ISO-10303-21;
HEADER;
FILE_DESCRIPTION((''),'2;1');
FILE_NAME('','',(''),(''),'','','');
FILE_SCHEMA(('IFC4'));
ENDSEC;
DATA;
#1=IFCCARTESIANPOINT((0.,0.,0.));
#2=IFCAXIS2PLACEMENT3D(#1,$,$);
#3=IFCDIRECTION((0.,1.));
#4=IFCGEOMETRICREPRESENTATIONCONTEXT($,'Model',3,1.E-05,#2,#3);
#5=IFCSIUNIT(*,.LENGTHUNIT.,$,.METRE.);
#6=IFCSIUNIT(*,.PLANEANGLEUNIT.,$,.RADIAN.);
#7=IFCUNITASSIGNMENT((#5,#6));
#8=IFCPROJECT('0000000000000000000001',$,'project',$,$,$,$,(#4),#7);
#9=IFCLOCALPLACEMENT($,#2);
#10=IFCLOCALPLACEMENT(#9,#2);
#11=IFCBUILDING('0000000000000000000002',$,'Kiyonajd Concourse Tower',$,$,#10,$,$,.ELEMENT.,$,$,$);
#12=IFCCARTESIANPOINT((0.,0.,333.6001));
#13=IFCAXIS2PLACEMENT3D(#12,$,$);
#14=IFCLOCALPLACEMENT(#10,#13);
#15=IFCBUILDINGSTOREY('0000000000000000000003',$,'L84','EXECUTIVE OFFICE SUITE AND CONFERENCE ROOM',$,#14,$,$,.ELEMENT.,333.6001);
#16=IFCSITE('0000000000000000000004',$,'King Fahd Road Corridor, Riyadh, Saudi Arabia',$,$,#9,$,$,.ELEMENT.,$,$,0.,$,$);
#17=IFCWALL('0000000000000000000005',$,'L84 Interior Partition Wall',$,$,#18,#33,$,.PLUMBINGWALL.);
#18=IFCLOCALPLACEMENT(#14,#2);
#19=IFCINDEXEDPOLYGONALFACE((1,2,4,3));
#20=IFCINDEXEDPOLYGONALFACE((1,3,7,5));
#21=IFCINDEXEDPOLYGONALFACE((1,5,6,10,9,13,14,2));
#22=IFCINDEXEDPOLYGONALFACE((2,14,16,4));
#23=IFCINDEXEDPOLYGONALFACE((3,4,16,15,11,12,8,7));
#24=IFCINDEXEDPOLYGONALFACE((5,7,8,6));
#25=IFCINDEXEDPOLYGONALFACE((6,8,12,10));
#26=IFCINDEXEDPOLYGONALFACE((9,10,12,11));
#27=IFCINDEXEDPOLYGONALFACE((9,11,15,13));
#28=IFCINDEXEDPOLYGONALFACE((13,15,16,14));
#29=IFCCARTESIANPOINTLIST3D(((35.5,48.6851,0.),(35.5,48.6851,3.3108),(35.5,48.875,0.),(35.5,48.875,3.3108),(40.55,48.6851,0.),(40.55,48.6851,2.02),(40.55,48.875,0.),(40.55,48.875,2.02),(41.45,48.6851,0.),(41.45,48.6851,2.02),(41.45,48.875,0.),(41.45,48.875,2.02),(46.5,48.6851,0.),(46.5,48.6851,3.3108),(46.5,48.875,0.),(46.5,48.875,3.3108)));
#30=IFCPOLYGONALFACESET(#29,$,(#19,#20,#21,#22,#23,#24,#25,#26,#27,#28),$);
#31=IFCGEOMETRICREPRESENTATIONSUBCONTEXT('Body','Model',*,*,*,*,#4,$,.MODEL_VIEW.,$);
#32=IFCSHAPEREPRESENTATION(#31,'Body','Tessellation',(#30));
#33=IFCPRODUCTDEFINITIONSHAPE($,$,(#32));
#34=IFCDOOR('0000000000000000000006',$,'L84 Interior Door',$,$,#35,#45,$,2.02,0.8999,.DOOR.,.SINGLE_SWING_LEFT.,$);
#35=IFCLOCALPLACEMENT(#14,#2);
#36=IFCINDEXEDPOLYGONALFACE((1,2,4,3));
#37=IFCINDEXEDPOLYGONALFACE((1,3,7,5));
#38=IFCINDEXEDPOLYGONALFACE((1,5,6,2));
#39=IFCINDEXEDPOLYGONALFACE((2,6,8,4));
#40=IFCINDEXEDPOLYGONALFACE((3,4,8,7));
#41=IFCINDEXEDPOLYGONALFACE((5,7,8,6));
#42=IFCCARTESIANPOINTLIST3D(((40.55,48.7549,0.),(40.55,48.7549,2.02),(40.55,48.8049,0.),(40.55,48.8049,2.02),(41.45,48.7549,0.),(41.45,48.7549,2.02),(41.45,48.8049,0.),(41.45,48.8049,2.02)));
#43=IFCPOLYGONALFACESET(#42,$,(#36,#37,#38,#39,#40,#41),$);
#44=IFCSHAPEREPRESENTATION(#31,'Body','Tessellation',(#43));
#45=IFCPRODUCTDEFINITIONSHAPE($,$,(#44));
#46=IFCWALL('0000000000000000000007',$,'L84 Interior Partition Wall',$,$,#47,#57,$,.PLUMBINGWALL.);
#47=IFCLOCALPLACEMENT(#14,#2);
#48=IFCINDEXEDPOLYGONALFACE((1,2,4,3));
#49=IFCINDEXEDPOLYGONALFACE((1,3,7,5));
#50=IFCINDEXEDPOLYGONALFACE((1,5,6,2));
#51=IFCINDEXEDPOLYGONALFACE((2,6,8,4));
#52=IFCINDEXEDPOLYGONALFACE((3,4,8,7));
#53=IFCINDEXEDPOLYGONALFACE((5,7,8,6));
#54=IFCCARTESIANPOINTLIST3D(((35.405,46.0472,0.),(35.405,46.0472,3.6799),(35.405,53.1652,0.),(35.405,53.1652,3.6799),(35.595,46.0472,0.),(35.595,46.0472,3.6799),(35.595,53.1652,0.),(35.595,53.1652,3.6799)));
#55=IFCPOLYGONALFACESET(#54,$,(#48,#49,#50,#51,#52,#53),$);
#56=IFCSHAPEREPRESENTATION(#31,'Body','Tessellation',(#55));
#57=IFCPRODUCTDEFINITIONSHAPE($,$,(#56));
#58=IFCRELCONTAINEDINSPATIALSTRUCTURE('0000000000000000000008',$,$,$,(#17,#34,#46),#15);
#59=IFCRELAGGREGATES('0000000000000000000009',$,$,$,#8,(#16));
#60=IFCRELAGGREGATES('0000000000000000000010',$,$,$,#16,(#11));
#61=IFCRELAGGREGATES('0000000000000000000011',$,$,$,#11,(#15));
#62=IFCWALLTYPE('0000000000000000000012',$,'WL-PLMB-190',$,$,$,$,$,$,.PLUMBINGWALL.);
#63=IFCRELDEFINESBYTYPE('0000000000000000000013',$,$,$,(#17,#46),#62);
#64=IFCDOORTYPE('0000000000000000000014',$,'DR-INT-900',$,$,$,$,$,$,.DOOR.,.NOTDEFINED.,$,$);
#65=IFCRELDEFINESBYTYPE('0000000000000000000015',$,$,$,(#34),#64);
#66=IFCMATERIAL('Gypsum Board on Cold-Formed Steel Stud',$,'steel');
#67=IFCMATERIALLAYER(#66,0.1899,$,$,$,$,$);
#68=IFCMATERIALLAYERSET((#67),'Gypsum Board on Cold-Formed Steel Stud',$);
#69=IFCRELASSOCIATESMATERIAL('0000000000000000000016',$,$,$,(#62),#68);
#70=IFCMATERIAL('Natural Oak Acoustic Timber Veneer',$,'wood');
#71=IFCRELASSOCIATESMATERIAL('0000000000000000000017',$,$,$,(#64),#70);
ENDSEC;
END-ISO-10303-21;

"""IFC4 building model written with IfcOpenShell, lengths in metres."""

from ifc_helpers import new_model, si_unit, direction, frame, frame_2d, origin, place, context, subcontext, project, spatial, rectangle, extrude, material, layer, layer_set, type_object, element, fill, save


model = new_model("IFC4")

# Units and contexts
model_context = context("Model", 3, precision=1e-05, world=origin(), true_north=direction((0.0, 1.0)))
body_context = subcontext(model_context, "Body", "Model", "MODEL_VIEW")
ifc_project = project(units=[si_unit("LENGTHUNIT", "METRE"), si_unit("PLANEANGLEUNIT", "RADIAN")], contexts=[model_context])

# Site, building, storey
site_placement = place(None, origin())
site = spatial("IfcSite", under=ifc_project, at=site_placement, Name="King Fahd Road Corridor, Riyadh, Saudi Arabia", CompositionType="ELEMENT", RefElevation=0.0)
building_placement = place(site_placement, origin())
building = spatial("IfcBuilding", under=site, at=building_placement, Name="Kiyonajd Concourse Tower", CompositionType="ELEMENT")
storey_placement = place(building_placement, frame((0.0, 0.0, 333.6001)))
storey = spatial("IfcBuildingStorey", under=building, at=storey_placement, Name="L84", Description="EXECUTIVE OFFICE SUITE AND CONFERENCE ROOM", CompositionType="ELEMENT", Elevation=333.6001)

# Wall, opening, door
ifc_material_1 = material(Name="Gypsum Board on Cold-Formed Steel Stud", Category="steel")
ifc_layer_1 = layer(ifc_material_1, 0.1899)
ifc_layer_set_1 = layer_set([ifc_layer_1], Name="Gypsum Board on Cold-Formed Steel Stud")
wall_type_1 = type_object("IfcWallType", Name="WL-PLMB-190", PredefinedType="PLUMBINGWALL", material=ifc_layer_set_1)
wall_1_placement = place(storey_placement, frame((35.5, 48.78, 0.0), z_axis=(0.0, 0.0, 1.0), x_axis=(1.0, 0.0, 0.0)))
wall_1 = element("IfcWall", 1, at=wall_1_placement, inside=storey, type_object=wall_type_1, Name="L84 Interior Partition Wall", PredefinedType="PLUMBINGWALL", context=body_context, shape_type="SweptSolid", body=[
    extrude(rectangle(XDim=11.0, YDim=0.1899, at=frame_2d((5.5, 0.0))), origin(), (0.0, 0.0, 1.0), 3.3108),
])
opening_1_placement = place(wall_1_placement, frame((5.05, 0.0, 0.0)))
opening_1 = element("IfcOpeningElement", 2, at=opening_1_placement, cuts=wall_1, PredefinedType="OPENING", context=body_context, shape_type="SweptSolid", body=[
    extrude(rectangle(XDim=0.8999, YDim=2.02, at=frame_2d((0.45, 1.01))), frame((0.0, 0.105, 0.0), z_axis=(0.0, -1.0, 0.0), x_axis=(1.0, 0.0, 0.0)), (0.0, 0.0, 1.0), 0.21),
])
ifc_material_2 = material(Name="Natural Oak Acoustic Timber Veneer", Category="wood")
door_type = type_object("IfcDoorType", Name="DR-INT-900", OperationType="NOTDEFINED", PredefinedType="DOOR", material=ifc_material_2)
door_placement = place(opening_1_placement, origin())
door = element("IfcDoor", 3, at=door_placement, inside=storey, type_object=door_type, Name="L84 Interior Door", OperationType="SINGLE_SWING_LEFT", OverallHeight=2.02, OverallWidth=0.8999, PredefinedType="DOOR", context=body_context, shape_type="SweptSolid", body=[
    extrude(rectangle(XDim=0.8999, YDim=2.02, at=frame_2d((0.45, 1.01))), frame((0.0, 0.0249, 0.0), z_axis=(0.0, -1.0, 0.0), x_axis=(1.0, 0.0, 0.0)), (0.0, 0.0, 1.0), 0.05),
])
fill(opening_1, door)

# Wall
wall_2_placement = place(storey_placement, frame((35.5, 46.0471, 0.0), z_axis=(0.0, 0.0, 1.0), x_axis=(0.0, 1.0, 0.0)))
element("IfcWall", 4, at=wall_2_placement, inside=storey, type_object=wall_type_1, Name="L84 Interior Partition Wall", PredefinedType="PLUMBINGWALL", context=body_context, shape_type="SweptSolid", body=[
    extrude(rectangle(XDim=7.1179, YDim=0.1899, at=frame_2d((3.5591, 0.0))), origin(), (0.0, 0.0, 1.0), 3.6799),
])

save(model, "model.ifc")
